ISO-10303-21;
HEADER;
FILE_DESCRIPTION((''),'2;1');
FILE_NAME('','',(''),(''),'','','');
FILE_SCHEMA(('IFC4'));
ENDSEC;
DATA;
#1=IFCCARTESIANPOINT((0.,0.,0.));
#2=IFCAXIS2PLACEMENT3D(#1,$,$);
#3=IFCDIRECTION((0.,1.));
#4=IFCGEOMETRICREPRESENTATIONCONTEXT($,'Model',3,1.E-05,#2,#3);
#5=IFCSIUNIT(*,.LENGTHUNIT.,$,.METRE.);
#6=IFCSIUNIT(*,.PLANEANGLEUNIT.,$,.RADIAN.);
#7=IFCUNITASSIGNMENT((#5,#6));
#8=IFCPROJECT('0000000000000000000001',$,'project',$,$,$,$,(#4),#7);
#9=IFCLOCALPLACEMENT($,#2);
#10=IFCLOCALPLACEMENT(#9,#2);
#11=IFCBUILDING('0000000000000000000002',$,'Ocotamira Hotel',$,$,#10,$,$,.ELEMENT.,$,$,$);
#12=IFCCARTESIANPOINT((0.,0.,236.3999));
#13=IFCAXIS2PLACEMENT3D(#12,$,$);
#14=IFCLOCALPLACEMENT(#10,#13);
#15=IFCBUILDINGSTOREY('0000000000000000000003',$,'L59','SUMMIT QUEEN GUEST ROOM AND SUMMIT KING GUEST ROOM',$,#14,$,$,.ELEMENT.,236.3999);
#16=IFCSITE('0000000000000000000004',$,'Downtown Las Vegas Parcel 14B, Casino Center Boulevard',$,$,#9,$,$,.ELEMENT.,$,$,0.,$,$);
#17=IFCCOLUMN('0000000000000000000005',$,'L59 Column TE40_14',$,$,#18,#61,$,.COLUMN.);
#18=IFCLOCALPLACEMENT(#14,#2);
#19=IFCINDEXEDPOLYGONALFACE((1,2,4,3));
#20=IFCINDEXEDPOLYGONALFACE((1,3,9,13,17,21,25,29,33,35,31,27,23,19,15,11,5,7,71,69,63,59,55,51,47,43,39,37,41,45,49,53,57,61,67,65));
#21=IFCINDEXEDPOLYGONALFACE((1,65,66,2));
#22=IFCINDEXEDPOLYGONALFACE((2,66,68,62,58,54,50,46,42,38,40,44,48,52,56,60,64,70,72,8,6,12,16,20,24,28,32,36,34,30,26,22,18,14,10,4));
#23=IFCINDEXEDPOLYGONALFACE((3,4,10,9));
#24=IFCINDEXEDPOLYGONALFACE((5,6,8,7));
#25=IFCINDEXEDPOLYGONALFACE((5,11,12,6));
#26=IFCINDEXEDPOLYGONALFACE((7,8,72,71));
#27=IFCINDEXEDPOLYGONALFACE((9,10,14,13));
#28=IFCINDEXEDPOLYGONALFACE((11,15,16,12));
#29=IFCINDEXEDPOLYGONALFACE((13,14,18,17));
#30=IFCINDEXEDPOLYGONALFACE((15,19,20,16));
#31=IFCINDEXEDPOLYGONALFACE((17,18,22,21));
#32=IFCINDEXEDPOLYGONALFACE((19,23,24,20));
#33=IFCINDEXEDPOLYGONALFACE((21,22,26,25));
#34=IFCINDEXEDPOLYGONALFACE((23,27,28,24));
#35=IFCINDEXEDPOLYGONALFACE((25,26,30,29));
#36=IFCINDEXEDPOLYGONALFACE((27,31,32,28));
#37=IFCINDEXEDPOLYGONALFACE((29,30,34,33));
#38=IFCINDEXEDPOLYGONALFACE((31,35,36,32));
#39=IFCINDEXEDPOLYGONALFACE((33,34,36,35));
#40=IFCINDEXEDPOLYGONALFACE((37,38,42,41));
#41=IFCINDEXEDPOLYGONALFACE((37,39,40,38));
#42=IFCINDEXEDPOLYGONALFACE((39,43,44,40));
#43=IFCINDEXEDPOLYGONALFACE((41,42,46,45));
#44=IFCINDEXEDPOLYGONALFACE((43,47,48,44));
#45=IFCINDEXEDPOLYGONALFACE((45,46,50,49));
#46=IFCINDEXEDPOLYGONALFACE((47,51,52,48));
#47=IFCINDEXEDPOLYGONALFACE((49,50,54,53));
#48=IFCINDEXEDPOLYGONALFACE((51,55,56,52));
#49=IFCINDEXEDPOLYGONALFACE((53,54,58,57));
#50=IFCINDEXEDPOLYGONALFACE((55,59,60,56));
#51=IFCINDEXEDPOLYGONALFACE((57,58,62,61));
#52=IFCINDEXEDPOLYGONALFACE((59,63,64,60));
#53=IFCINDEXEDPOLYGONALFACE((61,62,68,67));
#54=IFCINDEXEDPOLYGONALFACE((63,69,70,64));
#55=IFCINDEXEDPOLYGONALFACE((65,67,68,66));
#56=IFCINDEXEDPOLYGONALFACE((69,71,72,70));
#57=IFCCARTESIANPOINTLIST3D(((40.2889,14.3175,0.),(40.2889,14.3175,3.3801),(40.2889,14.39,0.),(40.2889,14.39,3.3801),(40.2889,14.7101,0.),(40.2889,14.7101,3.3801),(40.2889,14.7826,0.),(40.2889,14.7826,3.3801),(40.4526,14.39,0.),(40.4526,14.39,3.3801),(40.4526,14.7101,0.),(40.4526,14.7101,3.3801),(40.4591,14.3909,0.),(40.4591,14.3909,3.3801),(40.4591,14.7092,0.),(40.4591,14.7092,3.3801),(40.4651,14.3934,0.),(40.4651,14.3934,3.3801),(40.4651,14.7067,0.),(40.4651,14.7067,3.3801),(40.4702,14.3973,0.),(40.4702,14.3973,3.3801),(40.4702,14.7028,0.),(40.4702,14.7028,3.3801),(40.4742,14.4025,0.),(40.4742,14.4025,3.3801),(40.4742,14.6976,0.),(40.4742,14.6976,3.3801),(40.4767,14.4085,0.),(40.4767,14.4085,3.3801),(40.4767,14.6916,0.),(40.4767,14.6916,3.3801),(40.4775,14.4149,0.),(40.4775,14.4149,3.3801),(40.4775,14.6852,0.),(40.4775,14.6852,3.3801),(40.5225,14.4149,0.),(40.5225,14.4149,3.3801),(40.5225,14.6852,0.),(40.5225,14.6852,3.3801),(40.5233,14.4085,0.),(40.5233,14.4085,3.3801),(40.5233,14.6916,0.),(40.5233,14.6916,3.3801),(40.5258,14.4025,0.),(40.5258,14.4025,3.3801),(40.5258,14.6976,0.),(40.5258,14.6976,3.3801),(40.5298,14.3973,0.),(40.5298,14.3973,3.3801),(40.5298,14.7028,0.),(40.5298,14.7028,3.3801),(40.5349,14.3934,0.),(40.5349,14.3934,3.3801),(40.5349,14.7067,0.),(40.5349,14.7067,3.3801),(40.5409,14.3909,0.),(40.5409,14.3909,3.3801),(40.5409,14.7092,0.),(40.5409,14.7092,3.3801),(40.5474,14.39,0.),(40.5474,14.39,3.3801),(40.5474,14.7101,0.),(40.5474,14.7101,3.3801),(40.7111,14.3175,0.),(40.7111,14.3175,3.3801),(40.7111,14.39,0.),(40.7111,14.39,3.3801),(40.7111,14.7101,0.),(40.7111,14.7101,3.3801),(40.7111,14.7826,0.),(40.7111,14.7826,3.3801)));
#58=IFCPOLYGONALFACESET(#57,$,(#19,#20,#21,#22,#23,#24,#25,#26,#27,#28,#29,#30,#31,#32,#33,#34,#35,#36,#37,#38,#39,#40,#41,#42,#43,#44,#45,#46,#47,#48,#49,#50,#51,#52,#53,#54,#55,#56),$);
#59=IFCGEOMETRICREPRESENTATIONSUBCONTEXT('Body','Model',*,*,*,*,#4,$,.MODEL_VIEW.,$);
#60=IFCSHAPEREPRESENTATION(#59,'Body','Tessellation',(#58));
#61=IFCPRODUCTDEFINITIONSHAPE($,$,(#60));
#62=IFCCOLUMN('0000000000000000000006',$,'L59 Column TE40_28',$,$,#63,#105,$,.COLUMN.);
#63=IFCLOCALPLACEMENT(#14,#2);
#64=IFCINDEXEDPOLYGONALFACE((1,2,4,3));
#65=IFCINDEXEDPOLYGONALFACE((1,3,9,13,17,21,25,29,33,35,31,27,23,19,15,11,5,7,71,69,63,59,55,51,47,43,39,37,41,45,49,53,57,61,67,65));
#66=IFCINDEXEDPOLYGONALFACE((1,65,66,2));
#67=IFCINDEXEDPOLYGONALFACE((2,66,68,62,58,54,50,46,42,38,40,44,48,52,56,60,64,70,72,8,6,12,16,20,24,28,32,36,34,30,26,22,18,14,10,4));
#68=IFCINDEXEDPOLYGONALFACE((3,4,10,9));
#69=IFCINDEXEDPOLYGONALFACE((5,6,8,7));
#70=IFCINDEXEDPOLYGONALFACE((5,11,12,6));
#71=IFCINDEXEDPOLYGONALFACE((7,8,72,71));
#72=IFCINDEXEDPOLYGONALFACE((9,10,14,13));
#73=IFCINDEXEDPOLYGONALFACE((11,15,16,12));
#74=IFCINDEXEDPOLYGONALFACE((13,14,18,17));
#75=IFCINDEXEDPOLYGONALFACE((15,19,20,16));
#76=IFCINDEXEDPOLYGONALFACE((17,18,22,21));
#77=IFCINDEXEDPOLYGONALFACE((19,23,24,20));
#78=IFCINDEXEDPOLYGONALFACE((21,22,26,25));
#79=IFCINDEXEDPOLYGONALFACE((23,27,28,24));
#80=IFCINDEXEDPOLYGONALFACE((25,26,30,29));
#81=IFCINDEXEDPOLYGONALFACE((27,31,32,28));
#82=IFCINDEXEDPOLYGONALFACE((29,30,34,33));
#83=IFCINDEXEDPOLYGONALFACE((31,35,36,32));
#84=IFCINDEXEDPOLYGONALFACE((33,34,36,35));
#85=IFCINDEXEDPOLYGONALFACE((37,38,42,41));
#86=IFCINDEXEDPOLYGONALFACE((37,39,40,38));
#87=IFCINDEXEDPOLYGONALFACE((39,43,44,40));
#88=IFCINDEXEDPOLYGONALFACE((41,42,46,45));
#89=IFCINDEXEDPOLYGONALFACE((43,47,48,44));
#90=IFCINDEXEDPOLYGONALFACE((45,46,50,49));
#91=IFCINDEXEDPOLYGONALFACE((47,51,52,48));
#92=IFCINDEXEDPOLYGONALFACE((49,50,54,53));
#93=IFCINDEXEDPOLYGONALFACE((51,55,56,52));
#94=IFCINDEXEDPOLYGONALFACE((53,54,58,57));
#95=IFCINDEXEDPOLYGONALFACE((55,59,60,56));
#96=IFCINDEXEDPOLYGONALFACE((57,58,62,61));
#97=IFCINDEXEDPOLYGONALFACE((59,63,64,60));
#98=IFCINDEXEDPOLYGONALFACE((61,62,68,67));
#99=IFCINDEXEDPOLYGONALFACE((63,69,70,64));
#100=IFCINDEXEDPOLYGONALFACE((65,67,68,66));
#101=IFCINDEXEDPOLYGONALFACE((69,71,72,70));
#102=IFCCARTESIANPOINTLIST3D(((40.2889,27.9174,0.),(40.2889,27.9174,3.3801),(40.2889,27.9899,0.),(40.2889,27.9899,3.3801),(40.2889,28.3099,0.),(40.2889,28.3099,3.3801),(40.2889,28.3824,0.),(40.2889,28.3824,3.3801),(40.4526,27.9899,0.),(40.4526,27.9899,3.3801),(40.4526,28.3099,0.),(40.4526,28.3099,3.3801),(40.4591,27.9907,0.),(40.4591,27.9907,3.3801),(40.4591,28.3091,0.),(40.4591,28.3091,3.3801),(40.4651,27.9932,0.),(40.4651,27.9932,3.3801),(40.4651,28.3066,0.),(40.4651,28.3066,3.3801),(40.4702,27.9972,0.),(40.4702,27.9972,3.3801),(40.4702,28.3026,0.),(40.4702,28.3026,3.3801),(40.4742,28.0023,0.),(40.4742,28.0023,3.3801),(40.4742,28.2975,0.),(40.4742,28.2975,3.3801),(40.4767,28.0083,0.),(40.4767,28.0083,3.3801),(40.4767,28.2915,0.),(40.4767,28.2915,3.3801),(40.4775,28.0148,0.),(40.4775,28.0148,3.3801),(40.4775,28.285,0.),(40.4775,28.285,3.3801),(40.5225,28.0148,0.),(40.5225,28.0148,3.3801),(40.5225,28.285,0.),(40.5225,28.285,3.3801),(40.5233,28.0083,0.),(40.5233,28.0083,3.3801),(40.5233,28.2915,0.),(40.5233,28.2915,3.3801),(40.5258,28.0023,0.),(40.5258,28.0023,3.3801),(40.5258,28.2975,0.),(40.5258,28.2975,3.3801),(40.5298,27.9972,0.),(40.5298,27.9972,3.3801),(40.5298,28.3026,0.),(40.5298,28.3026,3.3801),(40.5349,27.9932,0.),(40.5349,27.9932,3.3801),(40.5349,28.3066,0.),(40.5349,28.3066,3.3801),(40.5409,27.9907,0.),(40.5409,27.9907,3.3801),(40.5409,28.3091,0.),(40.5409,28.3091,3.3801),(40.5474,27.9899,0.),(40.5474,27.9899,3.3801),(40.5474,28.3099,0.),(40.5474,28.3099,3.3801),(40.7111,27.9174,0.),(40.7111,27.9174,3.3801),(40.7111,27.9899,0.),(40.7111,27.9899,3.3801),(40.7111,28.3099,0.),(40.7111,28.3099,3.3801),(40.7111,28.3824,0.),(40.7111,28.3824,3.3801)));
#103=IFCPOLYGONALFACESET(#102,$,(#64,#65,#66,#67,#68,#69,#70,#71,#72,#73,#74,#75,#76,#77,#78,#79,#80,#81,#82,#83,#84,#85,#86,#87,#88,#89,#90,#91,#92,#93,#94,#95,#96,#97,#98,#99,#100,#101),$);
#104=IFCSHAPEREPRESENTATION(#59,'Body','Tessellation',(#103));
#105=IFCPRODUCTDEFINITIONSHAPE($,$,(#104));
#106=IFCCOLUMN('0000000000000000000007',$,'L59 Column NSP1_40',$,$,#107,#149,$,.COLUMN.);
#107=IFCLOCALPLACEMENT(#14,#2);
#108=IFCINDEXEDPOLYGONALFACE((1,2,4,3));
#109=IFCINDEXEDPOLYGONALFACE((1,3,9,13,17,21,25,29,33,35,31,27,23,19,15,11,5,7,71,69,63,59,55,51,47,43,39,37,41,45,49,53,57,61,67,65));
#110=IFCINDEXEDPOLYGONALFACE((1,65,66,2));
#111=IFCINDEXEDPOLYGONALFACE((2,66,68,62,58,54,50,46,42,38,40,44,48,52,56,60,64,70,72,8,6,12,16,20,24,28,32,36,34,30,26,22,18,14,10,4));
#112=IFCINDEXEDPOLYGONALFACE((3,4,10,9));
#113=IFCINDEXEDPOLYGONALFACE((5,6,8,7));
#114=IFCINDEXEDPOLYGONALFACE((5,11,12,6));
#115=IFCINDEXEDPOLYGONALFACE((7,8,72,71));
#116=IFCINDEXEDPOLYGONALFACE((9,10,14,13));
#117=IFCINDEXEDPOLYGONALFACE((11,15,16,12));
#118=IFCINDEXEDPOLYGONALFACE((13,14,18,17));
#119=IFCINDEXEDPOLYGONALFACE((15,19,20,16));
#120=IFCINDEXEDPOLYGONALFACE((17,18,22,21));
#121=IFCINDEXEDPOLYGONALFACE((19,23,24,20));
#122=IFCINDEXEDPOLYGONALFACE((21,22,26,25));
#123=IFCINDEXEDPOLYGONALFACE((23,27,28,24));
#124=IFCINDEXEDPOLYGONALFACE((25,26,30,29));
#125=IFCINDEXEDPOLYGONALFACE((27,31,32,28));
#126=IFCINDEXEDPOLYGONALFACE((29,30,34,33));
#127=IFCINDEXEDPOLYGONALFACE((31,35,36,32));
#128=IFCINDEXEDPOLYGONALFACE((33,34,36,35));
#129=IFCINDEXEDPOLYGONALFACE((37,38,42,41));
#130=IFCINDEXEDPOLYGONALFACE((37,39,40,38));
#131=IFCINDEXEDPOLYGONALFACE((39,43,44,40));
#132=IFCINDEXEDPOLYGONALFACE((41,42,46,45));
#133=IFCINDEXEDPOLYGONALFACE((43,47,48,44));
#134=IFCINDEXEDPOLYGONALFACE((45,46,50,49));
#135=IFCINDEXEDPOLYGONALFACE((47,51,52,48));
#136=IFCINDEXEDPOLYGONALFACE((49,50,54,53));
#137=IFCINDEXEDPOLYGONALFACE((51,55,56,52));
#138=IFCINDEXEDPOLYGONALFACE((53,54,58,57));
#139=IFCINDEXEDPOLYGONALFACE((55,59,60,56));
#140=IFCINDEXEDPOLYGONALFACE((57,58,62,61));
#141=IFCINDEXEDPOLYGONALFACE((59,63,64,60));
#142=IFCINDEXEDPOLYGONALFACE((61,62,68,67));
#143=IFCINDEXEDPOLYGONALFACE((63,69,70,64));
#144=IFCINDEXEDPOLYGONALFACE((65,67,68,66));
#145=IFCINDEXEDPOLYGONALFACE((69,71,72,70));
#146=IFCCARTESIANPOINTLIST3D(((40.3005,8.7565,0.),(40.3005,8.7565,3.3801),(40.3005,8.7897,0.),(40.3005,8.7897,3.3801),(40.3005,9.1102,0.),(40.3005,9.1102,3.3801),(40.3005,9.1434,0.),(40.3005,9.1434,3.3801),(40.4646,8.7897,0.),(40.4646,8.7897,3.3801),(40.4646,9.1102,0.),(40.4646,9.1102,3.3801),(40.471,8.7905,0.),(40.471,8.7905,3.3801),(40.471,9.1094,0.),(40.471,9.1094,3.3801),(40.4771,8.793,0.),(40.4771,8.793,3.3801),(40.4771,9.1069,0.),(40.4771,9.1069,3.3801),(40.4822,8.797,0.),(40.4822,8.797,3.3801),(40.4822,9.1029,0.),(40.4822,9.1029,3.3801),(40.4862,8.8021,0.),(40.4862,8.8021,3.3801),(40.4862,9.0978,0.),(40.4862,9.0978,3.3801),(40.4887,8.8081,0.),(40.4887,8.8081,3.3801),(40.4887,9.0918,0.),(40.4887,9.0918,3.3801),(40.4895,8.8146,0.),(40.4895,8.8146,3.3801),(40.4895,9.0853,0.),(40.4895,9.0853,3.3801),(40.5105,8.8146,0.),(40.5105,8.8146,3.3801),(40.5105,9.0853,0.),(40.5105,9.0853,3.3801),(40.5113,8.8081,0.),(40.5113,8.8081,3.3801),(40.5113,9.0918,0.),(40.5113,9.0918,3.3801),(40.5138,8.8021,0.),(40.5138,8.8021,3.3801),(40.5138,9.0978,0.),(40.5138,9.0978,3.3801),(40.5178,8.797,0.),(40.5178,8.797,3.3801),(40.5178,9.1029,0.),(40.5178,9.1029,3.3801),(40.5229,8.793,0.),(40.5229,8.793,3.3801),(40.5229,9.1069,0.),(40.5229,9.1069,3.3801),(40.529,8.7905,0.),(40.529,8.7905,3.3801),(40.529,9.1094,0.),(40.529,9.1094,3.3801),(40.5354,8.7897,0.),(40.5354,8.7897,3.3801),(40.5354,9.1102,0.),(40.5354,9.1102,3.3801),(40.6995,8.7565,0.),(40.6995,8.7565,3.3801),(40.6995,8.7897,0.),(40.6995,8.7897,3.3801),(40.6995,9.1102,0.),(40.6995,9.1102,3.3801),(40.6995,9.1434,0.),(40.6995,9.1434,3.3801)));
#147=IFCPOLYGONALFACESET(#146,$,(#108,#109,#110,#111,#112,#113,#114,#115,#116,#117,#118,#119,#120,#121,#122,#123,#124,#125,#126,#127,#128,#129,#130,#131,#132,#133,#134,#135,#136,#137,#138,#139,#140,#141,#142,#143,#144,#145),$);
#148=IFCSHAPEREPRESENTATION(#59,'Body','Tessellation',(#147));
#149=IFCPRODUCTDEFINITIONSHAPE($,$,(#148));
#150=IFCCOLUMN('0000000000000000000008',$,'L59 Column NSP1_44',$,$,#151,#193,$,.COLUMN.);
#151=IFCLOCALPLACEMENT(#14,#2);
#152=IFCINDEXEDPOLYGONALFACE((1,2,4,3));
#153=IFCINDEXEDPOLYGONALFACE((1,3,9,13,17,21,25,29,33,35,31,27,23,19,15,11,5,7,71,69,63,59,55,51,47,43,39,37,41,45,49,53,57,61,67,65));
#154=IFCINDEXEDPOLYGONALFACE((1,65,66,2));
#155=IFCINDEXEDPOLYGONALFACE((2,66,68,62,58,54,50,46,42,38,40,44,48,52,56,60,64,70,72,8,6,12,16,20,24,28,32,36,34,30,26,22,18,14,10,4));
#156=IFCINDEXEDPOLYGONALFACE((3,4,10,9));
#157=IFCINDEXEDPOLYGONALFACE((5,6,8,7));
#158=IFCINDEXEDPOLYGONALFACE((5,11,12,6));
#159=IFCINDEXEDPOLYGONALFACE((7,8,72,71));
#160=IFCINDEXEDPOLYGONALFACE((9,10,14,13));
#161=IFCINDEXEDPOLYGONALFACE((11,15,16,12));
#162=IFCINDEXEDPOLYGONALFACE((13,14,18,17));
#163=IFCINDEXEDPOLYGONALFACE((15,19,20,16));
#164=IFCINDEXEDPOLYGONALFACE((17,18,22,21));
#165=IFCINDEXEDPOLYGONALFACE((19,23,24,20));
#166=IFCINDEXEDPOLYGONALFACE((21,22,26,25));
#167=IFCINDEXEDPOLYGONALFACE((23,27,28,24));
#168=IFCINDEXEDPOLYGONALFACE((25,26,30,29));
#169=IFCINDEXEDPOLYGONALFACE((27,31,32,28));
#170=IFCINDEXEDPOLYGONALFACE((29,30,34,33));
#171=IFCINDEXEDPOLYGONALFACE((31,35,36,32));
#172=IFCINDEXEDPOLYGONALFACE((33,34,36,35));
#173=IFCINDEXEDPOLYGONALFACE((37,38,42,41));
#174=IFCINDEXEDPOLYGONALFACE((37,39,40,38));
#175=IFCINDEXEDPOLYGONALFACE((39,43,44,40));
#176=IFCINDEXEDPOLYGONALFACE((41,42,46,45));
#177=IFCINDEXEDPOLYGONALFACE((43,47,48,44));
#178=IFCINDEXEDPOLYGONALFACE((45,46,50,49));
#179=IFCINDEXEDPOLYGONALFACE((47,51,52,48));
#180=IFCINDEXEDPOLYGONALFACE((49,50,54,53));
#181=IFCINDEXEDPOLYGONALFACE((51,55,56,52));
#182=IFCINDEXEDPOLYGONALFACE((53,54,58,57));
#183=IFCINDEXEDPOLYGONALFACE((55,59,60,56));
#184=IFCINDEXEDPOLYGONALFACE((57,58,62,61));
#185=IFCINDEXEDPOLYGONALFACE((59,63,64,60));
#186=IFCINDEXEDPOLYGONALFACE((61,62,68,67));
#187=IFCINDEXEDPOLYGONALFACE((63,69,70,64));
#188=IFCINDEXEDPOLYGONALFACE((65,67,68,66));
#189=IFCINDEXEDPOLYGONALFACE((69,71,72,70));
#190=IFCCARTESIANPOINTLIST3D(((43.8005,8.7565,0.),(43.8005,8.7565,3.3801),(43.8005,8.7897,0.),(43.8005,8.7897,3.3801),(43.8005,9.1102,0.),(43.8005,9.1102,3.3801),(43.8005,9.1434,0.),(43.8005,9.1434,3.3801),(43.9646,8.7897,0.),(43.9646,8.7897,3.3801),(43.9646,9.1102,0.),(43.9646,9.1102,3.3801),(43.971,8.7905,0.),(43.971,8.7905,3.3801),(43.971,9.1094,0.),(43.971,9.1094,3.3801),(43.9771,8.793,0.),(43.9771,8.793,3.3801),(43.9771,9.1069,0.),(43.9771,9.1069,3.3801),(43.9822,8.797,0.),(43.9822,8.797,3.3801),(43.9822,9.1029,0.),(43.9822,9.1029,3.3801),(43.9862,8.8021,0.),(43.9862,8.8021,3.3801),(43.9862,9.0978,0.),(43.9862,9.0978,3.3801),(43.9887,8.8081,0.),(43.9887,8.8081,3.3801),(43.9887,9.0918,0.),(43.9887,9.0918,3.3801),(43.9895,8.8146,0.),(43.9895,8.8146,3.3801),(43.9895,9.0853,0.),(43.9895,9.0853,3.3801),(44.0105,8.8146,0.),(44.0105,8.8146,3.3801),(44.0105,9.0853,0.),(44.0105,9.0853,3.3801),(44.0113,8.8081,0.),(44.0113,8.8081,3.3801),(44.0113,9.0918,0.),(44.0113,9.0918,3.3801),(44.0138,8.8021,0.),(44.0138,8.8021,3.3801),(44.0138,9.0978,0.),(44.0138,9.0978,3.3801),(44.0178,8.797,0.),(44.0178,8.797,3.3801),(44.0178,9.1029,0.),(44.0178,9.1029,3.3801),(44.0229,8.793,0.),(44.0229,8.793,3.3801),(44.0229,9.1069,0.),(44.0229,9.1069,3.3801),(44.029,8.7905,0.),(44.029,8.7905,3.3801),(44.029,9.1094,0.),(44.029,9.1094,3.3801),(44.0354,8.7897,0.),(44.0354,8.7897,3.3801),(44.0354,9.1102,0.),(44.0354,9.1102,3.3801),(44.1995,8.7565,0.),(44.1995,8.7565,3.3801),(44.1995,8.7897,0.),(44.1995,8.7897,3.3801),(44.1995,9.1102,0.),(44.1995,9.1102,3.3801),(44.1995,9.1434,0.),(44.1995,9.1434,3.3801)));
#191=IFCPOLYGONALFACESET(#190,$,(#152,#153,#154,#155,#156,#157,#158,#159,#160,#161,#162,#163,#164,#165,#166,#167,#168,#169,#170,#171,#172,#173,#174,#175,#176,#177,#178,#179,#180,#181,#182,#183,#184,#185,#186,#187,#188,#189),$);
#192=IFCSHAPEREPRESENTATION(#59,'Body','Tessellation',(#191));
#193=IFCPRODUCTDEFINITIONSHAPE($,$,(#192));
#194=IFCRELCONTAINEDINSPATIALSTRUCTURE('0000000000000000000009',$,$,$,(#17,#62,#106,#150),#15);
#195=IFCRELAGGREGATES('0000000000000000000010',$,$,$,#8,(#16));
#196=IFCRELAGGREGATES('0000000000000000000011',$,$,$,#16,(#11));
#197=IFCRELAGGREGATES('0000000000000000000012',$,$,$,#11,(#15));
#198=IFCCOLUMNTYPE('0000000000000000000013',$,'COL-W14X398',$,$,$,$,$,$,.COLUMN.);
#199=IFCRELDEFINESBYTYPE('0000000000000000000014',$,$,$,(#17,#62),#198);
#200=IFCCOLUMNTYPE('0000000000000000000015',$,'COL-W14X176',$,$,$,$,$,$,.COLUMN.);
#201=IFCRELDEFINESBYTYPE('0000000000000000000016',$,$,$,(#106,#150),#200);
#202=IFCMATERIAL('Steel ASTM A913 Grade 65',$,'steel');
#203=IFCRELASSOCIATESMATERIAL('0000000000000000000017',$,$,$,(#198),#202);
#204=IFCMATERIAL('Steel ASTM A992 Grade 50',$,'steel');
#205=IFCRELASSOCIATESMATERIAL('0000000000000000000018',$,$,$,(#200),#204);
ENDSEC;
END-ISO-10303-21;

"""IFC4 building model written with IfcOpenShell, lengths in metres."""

from ifc_helpers import new_model, si_unit, direction, frame, origin, origin_2d, place, context, subcontext, project, spatial, i_section, extrude, source, transform, mapped, material, material_profile, profile_set, type_object, element, save


model = new_model("IFC4")

# Units and contexts
model_context = context("Model", 3, precision=1e-05, world=origin(), true_north=direction((0.0, 1.0)))
body_context = subcontext(model_context, "Body", "Model", "MODEL_VIEW")
ifc_project = project(units=[si_unit("LENGTHUNIT", "METRE"), si_unit("PLANEANGLEUNIT", "RADIAN")], contexts=[model_context])

# Site, building, storey
site_placement = place(None, origin())
site = spatial("IfcSite", under=ifc_project, at=site_placement, Name="Downtown Las Vegas Parcel 14B, Casino Center Boulevard", CompositionType="ELEMENT", RefElevation=0.0)
building_placement = place(site_placement, origin())
building = spatial("IfcBuilding", under=site, at=building_placement, Name="Ocotamira Hotel", CompositionType="ELEMENT")
storey_placement = place(building_placement, frame((0.0, 0.0, 236.3999)))
storey = spatial("IfcBuildingStorey", under=building, at=storey_placement, Name="L59", Description="SUMMIT QUEEN GUEST ROOM AND SUMMIT KING GUEST ROOM", CompositionType="ELEMENT", Elevation=236.3999)

# Columns
ifc_material_1 = material(Name="Steel ASTM A913 Grade 65", Category="steel")
ifc_material_profile_1 = material_profile(ifc_material_1, i_section(OverallWidth=0.4221, OverallDepth=0.4651, WebThickness=0.0449, FlangeThickness=0.0725, FilletRadius=0.0249, at=origin_2d()), Name="W14X398")
ifc_profile_set_1 = profile_set([ifc_material_profile_1], Name="Steel ASTM A913 Grade 65")
column_type_1 = type_object("IfcColumnType", Name="COL-W14X398", PredefinedType="COLUMN", material=ifc_profile_set_1)
shared_shape_1 = source(origin(), body_context, "Body", "SweptSolid", [
    extrude(i_section(OverallWidth=0.4221, OverallDepth=0.4651, WebThickness=0.0449, FlangeThickness=0.0725, FilletRadius=0.0249, at=origin_2d()), origin(), (0.0, 0.0, 1.0), 3.3801),
])
for number, where, z_axis, x_axis, name in (
    (1, (40.5, 14.55, 0.0), (0.0, 0.0, 1.0), (1.0, 0.0, 0.0), "L59 Column TE40_14"),
    (2, (40.5, 28.1499, 0.0), (0.0, 0.0, 1.0), (1.0, 0.0, 0.0), "L59 Column TE40_28"),
):
    element("IfcColumn", number, at=place(storey_placement, frame(where, z_axis=z_axis, x_axis=x_axis)), inside=storey, type_object=column_type_1, Name=name, PredefinedType="COLUMN", context=body_context, shape_type="MappedRepresentation", body=[
        mapped(shared_shape_1, transform((0.0, 0.0, 0.0), scale=1.0)),
    ])
ifc_material_2 = material(Name="Steel ASTM A992 Grade 50", Category="steel")
ifc_material_profile_2 = material_profile(ifc_material_2, i_section(OverallWidth=0.3989, OverallDepth=0.387, WebThickness=0.021, FlangeThickness=0.0332, FilletRadius=0.0249, at=origin_2d()), Name="W14X176")
ifc_profile_set_2 = profile_set([ifc_material_profile_2], Name="Steel ASTM A992 Grade 50")
column_type_2 = type_object("IfcColumnType", Name="COL-W14X176", PredefinedType="COLUMN", material=ifc_profile_set_2)
shared_shape_2 = source(origin(), body_context, "Body", "SweptSolid", [
    extrude(i_section(OverallWidth=0.3989, OverallDepth=0.387, WebThickness=0.021, FlangeThickness=0.0332, FilletRadius=0.0249, at=origin_2d()), origin(), (0.0, 0.0, 1.0), 3.3801),
])
for number, where, z_axis, x_axis, name in (
    (3, (40.5, 8.95, 0.0), (0.0, 0.0, 1.0), (1.0, 0.0, 0.0), "L59 Column NSP1_40"),
    (4, (44.0, 8.95, 0.0), (0.0, 0.0, 1.0), (1.0, 0.0, 0.0), "L59 Column NSP1_44"),
):
    element("IfcColumn", number, at=place(storey_placement, frame(where, z_axis=z_axis, x_axis=x_axis)), inside=storey, type_object=column_type_2, Name=name, PredefinedType="COLUMN", context=body_context, shape_type="MappedRepresentation", body=[
        mapped(shared_shape_2, transform((0.0, 0.0, 0.0), scale=1.0)),
    ])

save(model, "model.ifc")
